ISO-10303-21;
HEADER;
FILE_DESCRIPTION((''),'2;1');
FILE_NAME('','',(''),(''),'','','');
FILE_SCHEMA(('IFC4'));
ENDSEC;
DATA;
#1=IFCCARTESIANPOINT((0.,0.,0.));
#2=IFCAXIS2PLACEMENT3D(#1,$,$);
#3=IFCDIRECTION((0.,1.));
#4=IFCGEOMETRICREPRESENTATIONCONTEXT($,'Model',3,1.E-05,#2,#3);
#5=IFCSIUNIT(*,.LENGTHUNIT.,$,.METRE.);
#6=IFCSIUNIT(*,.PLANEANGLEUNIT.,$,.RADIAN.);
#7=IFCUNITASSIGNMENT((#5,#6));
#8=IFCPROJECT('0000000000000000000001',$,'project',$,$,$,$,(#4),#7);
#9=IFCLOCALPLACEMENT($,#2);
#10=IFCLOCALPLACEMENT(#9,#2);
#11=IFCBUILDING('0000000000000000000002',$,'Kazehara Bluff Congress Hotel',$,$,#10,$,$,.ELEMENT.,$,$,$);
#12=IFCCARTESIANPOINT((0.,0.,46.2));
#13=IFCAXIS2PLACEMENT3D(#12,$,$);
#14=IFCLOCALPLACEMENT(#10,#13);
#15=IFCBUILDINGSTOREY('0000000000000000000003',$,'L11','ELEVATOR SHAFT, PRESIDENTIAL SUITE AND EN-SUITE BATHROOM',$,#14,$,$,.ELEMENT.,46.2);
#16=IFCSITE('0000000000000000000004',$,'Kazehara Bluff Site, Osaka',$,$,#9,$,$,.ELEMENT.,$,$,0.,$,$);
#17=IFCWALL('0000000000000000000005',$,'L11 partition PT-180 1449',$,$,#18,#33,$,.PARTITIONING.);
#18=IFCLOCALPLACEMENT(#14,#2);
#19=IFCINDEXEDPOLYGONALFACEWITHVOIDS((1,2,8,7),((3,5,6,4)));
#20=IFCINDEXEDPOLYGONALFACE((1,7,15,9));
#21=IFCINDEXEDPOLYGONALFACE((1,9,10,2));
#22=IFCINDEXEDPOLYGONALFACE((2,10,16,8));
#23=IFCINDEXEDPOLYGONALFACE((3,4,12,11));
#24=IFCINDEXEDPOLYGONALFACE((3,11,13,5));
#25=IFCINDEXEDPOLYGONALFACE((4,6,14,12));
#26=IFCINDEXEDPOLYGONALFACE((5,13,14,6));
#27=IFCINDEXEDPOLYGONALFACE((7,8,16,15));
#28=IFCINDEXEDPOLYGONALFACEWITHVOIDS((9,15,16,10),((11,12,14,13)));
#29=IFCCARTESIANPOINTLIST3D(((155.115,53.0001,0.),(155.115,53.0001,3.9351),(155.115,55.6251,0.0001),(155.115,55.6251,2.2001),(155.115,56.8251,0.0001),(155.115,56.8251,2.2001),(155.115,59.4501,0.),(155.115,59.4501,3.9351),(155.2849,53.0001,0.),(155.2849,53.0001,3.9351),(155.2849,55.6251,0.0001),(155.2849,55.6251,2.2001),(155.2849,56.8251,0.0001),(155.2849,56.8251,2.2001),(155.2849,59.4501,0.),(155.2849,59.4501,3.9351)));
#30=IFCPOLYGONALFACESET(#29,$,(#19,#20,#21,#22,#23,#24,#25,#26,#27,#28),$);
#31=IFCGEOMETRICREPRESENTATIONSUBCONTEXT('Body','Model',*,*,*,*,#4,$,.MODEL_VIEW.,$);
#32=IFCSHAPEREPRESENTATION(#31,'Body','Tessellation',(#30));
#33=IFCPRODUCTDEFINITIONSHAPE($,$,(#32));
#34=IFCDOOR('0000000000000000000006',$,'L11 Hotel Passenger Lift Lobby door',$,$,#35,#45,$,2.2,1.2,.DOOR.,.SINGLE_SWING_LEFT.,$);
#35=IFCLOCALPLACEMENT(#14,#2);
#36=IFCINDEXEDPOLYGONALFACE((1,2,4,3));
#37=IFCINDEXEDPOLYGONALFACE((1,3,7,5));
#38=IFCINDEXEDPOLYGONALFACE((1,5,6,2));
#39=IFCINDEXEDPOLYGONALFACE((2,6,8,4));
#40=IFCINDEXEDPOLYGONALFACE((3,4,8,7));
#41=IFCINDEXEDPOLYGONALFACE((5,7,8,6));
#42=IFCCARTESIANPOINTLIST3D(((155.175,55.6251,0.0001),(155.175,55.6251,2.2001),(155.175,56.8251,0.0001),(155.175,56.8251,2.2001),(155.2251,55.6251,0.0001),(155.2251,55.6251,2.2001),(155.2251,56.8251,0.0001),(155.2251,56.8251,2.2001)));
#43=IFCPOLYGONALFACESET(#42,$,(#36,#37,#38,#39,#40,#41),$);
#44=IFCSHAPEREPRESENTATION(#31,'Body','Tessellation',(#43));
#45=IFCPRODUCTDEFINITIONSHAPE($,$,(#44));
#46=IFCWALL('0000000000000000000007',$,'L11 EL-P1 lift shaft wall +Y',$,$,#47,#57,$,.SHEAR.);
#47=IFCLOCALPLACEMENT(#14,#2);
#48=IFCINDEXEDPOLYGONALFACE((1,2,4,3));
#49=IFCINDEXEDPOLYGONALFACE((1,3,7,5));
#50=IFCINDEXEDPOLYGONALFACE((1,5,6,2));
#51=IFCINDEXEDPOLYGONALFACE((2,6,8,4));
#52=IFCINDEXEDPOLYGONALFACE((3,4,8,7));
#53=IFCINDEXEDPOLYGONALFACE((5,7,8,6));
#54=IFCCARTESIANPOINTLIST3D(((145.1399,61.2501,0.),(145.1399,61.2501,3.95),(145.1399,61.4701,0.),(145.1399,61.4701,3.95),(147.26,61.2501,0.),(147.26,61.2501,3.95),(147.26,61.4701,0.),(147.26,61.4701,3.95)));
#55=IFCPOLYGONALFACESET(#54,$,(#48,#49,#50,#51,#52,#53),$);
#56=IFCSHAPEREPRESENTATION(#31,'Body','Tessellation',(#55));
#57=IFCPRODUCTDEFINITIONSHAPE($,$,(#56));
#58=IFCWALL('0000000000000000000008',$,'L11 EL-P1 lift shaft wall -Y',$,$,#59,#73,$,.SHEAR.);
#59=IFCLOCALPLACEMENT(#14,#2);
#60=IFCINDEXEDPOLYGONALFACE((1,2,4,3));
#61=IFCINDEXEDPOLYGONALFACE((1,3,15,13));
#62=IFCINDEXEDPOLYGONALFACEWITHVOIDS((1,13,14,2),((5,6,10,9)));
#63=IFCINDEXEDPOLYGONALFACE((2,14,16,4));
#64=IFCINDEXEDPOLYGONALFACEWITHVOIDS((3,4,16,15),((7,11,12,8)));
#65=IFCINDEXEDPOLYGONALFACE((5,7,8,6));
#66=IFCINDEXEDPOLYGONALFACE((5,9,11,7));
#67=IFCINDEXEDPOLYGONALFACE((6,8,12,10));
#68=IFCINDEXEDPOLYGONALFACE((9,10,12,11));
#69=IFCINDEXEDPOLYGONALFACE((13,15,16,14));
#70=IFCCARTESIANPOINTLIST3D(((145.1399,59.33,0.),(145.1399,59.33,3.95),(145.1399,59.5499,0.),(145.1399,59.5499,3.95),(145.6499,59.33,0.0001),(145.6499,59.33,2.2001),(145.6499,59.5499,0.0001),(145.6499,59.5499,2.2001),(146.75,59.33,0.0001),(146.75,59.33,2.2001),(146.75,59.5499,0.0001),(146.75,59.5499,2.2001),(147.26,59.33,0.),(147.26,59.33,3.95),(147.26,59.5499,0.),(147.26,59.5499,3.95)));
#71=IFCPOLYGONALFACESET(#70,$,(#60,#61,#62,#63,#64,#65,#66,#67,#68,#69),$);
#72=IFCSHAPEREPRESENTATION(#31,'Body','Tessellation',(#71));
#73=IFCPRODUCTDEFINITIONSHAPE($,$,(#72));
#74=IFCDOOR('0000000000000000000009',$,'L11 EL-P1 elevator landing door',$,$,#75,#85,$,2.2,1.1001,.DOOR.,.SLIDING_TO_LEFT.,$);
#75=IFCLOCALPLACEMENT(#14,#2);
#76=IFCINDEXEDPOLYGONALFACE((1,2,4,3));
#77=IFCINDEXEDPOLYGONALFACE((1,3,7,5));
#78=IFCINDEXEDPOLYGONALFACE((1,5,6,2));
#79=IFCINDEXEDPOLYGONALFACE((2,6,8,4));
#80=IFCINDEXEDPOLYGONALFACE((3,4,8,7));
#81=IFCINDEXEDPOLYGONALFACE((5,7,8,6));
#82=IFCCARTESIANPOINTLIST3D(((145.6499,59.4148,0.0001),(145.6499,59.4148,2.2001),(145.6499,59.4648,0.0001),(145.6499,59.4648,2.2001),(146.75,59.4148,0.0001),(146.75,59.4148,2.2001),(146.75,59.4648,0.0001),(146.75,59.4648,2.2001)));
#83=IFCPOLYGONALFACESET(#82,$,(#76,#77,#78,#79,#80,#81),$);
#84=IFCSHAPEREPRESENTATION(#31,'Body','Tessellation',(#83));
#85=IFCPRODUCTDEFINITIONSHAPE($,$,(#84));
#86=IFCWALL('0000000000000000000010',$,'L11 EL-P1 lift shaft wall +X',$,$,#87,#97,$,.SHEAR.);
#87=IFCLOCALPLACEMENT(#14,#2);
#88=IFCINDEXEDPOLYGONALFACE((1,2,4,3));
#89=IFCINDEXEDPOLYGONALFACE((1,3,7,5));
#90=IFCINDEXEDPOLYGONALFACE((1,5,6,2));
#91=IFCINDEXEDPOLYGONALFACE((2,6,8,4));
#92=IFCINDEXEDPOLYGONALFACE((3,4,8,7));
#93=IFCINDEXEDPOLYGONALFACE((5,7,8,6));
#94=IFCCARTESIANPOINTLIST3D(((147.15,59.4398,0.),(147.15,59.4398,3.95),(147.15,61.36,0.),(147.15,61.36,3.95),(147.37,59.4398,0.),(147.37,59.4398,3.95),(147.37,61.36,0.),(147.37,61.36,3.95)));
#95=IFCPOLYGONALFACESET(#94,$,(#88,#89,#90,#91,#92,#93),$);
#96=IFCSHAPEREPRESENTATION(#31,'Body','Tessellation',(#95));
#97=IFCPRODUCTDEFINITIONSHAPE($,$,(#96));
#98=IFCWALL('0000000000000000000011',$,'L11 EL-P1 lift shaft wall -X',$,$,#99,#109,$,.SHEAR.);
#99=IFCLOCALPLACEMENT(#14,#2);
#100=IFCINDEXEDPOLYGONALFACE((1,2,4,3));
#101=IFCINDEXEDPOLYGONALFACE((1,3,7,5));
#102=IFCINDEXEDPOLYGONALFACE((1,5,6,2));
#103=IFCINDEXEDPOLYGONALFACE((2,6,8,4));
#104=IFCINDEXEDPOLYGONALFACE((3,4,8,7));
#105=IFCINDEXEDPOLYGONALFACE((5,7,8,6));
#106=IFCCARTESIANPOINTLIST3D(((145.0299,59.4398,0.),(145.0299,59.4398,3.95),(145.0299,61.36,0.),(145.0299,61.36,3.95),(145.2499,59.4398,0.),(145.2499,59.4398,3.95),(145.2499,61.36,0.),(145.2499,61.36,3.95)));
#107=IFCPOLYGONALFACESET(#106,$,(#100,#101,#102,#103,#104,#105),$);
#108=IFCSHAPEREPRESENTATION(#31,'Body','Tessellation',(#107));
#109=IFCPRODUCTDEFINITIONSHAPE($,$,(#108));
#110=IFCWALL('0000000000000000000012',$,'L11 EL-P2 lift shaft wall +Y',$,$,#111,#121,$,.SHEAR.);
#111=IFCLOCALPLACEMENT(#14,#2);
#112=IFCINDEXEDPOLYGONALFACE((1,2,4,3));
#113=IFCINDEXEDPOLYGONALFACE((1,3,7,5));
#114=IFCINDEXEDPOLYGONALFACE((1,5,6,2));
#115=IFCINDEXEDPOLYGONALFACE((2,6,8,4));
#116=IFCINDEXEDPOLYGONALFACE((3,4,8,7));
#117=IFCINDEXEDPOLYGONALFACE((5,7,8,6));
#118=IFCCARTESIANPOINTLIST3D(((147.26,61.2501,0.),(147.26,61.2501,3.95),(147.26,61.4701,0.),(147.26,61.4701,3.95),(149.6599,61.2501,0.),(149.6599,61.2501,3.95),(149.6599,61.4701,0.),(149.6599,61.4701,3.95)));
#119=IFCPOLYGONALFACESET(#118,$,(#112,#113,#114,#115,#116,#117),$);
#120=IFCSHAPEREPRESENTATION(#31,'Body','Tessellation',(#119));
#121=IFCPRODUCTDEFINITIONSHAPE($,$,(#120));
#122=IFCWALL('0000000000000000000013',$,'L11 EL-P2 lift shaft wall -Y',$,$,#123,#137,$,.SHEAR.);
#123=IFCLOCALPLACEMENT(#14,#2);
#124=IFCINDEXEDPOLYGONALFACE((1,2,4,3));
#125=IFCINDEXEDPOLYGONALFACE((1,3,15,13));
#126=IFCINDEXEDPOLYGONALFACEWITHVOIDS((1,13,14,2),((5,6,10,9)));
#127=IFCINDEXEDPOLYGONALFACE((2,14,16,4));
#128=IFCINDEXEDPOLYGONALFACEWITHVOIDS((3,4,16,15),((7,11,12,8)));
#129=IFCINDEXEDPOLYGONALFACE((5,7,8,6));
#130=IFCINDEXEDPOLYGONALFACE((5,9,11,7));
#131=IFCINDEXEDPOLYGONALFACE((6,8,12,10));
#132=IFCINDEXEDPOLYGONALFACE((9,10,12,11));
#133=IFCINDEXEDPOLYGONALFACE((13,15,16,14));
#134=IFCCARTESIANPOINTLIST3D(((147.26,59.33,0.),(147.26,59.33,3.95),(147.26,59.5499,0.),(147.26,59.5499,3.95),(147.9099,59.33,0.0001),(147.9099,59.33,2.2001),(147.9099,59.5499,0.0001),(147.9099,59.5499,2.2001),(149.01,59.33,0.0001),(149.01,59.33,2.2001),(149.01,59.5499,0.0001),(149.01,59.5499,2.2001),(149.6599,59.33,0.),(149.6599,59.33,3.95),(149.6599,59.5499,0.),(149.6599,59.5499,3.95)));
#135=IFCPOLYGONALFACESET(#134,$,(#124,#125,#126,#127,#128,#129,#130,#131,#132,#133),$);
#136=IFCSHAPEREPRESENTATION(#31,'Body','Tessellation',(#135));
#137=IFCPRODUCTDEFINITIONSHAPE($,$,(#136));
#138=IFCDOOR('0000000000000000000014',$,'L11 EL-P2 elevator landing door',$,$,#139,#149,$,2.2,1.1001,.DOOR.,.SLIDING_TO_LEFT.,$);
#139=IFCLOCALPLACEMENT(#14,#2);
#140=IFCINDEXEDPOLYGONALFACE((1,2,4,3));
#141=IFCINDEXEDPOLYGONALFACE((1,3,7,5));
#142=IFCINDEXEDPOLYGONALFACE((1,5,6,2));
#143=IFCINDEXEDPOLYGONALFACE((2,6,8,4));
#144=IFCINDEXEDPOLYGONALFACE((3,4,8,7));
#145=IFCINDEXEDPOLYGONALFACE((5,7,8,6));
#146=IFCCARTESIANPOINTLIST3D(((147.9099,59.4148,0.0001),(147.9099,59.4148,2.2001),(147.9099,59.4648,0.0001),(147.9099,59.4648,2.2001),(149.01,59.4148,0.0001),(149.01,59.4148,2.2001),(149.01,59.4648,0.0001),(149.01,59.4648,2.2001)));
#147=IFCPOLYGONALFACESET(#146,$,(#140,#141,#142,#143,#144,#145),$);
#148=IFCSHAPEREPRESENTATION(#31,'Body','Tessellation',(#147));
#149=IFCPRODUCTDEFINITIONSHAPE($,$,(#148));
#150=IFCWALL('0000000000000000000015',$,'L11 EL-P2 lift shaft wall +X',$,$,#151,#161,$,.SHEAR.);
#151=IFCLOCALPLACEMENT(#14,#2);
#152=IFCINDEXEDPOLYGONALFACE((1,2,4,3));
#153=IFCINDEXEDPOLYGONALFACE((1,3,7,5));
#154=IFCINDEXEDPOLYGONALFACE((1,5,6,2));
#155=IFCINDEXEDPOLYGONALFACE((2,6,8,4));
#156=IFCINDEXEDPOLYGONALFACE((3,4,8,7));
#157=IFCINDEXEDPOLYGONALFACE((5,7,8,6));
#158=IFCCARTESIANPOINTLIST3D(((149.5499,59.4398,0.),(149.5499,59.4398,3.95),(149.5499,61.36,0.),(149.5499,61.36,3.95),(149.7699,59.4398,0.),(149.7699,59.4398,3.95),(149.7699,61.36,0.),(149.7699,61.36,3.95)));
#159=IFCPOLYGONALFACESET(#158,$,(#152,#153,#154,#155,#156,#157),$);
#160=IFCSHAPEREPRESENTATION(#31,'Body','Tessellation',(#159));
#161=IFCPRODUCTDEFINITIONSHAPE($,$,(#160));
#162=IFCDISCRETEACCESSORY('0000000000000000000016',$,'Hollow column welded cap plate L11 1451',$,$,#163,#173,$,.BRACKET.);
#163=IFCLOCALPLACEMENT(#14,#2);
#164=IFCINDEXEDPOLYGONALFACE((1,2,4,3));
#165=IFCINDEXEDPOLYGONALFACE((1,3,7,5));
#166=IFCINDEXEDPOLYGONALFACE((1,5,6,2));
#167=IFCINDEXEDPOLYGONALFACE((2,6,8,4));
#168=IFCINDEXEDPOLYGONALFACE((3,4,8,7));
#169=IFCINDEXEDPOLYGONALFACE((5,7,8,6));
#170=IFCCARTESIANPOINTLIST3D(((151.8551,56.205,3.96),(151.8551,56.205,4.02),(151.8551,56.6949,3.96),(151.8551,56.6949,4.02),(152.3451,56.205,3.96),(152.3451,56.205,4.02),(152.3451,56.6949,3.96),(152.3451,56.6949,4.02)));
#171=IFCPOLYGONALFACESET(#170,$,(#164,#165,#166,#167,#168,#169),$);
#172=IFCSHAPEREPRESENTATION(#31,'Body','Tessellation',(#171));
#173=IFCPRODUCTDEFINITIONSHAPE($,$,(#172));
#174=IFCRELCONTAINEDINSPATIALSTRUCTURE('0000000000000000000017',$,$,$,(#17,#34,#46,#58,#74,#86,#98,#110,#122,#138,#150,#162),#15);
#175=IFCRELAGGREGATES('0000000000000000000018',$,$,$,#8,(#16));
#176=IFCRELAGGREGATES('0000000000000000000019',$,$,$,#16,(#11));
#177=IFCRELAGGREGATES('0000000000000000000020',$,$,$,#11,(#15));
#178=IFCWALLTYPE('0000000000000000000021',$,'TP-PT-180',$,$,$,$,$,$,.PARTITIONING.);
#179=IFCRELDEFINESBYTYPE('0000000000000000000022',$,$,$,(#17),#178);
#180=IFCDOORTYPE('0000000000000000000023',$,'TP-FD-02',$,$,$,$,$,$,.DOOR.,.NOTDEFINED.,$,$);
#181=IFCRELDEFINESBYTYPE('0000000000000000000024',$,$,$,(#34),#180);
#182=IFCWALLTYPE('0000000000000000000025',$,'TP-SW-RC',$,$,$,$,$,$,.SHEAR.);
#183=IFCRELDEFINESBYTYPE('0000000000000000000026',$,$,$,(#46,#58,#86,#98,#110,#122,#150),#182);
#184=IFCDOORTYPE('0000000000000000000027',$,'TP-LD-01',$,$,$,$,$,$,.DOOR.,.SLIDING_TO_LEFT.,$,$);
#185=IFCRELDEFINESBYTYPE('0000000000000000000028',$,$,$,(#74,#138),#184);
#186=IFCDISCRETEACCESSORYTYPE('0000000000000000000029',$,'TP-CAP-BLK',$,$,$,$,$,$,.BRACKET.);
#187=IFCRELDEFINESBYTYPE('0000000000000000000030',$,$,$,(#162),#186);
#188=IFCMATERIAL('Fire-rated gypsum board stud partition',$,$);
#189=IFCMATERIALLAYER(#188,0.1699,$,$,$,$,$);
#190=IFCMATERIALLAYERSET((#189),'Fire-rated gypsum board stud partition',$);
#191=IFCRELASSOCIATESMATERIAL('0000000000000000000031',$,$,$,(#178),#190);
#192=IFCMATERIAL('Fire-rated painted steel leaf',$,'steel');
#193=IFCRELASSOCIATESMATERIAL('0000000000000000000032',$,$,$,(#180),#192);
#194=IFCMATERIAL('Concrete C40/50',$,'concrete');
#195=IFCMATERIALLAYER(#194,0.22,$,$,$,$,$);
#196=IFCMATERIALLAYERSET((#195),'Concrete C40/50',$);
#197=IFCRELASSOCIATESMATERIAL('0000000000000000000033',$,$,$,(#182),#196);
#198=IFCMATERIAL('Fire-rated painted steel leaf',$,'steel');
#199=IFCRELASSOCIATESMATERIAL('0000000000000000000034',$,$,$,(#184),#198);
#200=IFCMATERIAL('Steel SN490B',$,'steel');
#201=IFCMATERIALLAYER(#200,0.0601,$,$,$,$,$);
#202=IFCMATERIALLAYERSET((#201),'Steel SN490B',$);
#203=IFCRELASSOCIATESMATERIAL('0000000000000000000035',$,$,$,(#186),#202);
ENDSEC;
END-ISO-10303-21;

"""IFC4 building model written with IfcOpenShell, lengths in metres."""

from ifc_helpers import new_model, si_unit, direction, frame, frame_2d, origin, origin_2d, place, context, subcontext, project, spatial, rectangle, extrude, material, layer, layer_set, type_object, element, fill, save


model = new_model("IFC4")

# Units and contexts
model_context = context("Model", 3, precision=1e-05, world=origin(), true_north=direction((0.0, 1.0)))
body_context = subcontext(model_context, "Body", "Model", "MODEL_VIEW")
ifc_project = project(units=[si_unit("LENGTHUNIT", "METRE"), si_unit("PLANEANGLEUNIT", "RADIAN")], contexts=[model_context])

# Site, building, storey
site_placement = place(None, origin())
site = spatial("IfcSite", under=ifc_project, at=site_placement, Name="Kazehara Bluff Site, Osaka", CompositionType="ELEMENT", RefElevation=0.0)
building_placement = place(site_placement, origin())
building = spatial("IfcBuilding", under=site, at=building_placement, Name="Kazehara Bluff Congress Hotel", CompositionType="ELEMENT")
storey_placement = place(building_placement, frame((0.0, 0.0, 46.2)))
storey = spatial("IfcBuildingStorey", under=building, at=storey_placement, Name="L11", Description="ELEVATOR SHAFT, PRESIDENTIAL SUITE AND EN-SUITE BATHROOM", CompositionType="ELEMENT", Elevation=46.2)

# Shared definitions
ifc_material_1 = material(Name="Fire-rated gypsum board stud partition")
ifc_layer_1 = layer(ifc_material_1, 0.1699)
ifc_layer_set_1 = layer_set([ifc_layer_1], Name="Fire-rated gypsum board stud partition")
wall_type_1 = type_object("IfcWallType", Name="TP-PT-180", PredefinedType="PARTITIONING", material=ifc_layer_set_1)

# Wall, opening, door
wall_1_placement = place(storey_placement, frame((155.2, 53.0, 0.0), z_axis=(0.0, 0.0, 1.0), x_axis=(0.0, 1.0, 0.0)))
wall_1 = element("IfcWall", 1, at=wall_1_placement, inside=storey, type_object=wall_type_1, Name="L11 partition PT-180 1449", PredefinedType="PARTITIONING", context=body_context, shape_type="SweptSolid", body=[
    extrude(rectangle(XDim=6.45, YDim=0.1699, at=frame_2d((3.2251, 0.0))), origin(), (0.0, 0.0, 1.0), 3.9351),
])
opening_1_placement = place(wall_1_placement, frame((2.625, 0.0, 0.0)))
opening_1 = element("IfcOpeningElement", 2, at=opening_1_placement, cuts=wall_1, PredefinedType="OPENING", context=body_context, shape_type="SweptSolid", body=[
    extrude(rectangle(XDim=1.2, YDim=2.2, at=frame_2d((0.6001, 1.1001))), frame((0.0, 0.095, 0.0), z_axis=(0.0, -1.0, 0.0), x_axis=(1.0, 0.0, 0.0)), (0.0, 0.0, 1.0), 0.1899),
])
ifc_material_2 = material(Name="Fire-rated painted steel leaf", Category="steel")
door_type_1 = type_object("IfcDoorType", Name="TP-FD-02", OperationType="NOTDEFINED", PredefinedType="DOOR", material=ifc_material_2)
door_1_placement = place(opening_1_placement, origin())
door_1 = element("IfcDoor", 3, at=door_1_placement, inside=storey, type_object=door_type_1, Name="L11 Hotel Passenger Lift Lobby door", OperationType="SINGLE_SWING_LEFT", OverallHeight=2.2, OverallWidth=1.2, PredefinedType="DOOR", context=body_context, shape_type="SweptSolid", body=[
    extrude(rectangle(XDim=1.2, YDim=2.2, at=frame_2d((0.6001, 1.1001))), frame((0.0, 0.0249, 0.0), z_axis=(0.0, -1.0, 0.0), x_axis=(1.0, 0.0, 0.0)), (0.0, 0.0, 1.0), 0.05),
])
fill(opening_1, door_1)

# Wall
ifc_material_3 = material(Name="Concrete C40/50", Category="concrete")
ifc_layer_2 = layer(ifc_material_3, 0.22)
ifc_layer_set_2 = layer_set([ifc_layer_2], Name="Concrete C40/50")
wall_type_2 = type_object("IfcWallType", Name="TP-SW-RC", PredefinedType="SHEAR", material=ifc_layer_set_2)
wall_2_placement = place(storey_placement, frame((145.1399, 61.3601, 0.0), z_axis=(0.0, 0.0, 1.0), x_axis=(1.0, 0.0, 0.0)))
element("IfcWall", 4, at=wall_2_placement, inside=storey, type_object=wall_type_2, Name="L11 EL-P1 lift shaft wall +Y", PredefinedType="SHEAR", context=body_context, shape_type="SweptSolid", body=[
    extrude(rectangle(XDim=2.1201, YDim=0.22, at=frame_2d((1.0601, 0.0))), origin(), (0.0, 0.0, 1.0), 3.95),
])

# Wall, opening, door
wall_3_placement = place(storey_placement, frame((145.1399, 59.4399, 0.0), z_axis=(0.0, 0.0, 1.0), x_axis=(1.0, 0.0, 0.0)))
wall_3 = element("IfcWall", 5, at=wall_3_placement, inside=storey, type_object=wall_type_2, Name="L11 EL-P1 lift shaft wall -Y", PredefinedType="SHEAR", context=body_context, shape_type="SweptSolid", body=[
    extrude(rectangle(XDim=2.1201, YDim=0.22, at=frame_2d((1.0601, 0.0))), origin(), (0.0, 0.0, 1.0), 3.95),
])
opening_2_placement = place(wall_3_placement, frame((0.51, 0.0, 0.0)))
opening_2 = element("IfcOpeningElement", 6, at=opening_2_placement, cuts=wall_3, PredefinedType="OPENING", context=body_context, shape_type="SweptSolid", body=[
    extrude(rectangle(XDim=1.1001, YDim=2.2, at=frame_2d((0.55, 1.1001))), frame((0.0, 0.1199, 0.0), z_axis=(0.0, -1.0, 0.0), x_axis=(1.0, 0.0, 0.0)), (0.0, 0.0, 1.0), 0.24),
])
ifc_material_4 = material(Name="Fire-rated painted steel leaf", Category="steel")
door_type_2 = type_object("IfcDoorType", Name="TP-LD-01", OperationType="SLIDING_TO_LEFT", PredefinedType="DOOR", material=ifc_material_4)
door_2_placement = place(opening_2_placement, origin())
door_2 = element("IfcDoor", 7, at=door_2_placement, inside=storey, type_object=door_type_2, Name="L11 EL-P1 elevator landing door", OperationType="SLIDING_TO_LEFT", OverallHeight=2.2, OverallWidth=1.1001, PredefinedType="DOOR", context=body_context, shape_type="SweptSolid", body=[
    extrude(rectangle(XDim=1.1001, YDim=2.2, at=frame_2d((0.55, 1.1001))), frame((0.0, 0.0249, 0.0), z_axis=(0.0, -1.0, 0.0), x_axis=(1.0, 0.0, 0.0)), (0.0, 0.0, 1.0), 0.05),
])
fill(opening_2, door_2)

# Walls
for number, where, z_axis, x_axis, name in (
    (8, (147.26, 59.4399, 0.0), (0.0, 0.0, 1.0), (0.0, 1.0, 0.0), "L11 EL-P1 lift shaft wall +X"),
    (9, (145.1399, 59.4399, 0.0), (0.0, 0.0, 1.0), (0.0, 1.0, 0.0), "L11 EL-P1 lift shaft wall -X"),
):
    element("IfcWall", number, at=place(storey_placement, frame(where, z_axis=z_axis, x_axis=x_axis)), inside=storey, type_object=wall_type_2, Name=name, PredefinedType="SHEAR", context=body_context, shape_type="SweptSolid", body=[
        extrude(rectangle(XDim=1.9202, YDim=0.22, at=frame_2d((0.96, 0.0))), origin(), (0.0, 0.0, 1.0), 3.95),
    ])
wall_4_placement = place(storey_placement, frame((147.26, 61.3601, 0.0), z_axis=(0.0, 0.0, 1.0), x_axis=(1.0, 0.0, 0.0)))
element("IfcWall", 10, at=wall_4_placement, inside=storey, type_object=wall_type_2, Name="L11 EL-P2 lift shaft wall +Y", PredefinedType="SHEAR", context=body_context, shape_type="SweptSolid", body=[
    extrude(rectangle(XDim=2.3999, YDim=0.22, at=frame_2d((1.2, 0.0))), origin(), (0.0, 0.0, 1.0), 3.95),
])

# Wall, opening, door
wall_5_placement = place(storey_placement, frame((147.26, 59.4399, 0.0), z_axis=(0.0, 0.0, 1.0), x_axis=(1.0, 0.0, 0.0)))
wall_5 = element("IfcWall", 11, at=wall_5_placement, inside=storey, type_object=wall_type_2, Name="L11 EL-P2 lift shaft wall -Y", PredefinedType="SHEAR", context=body_context, shape_type="SweptSolid", body=[
    extrude(rectangle(XDim=2.3999, YDim=0.22, at=frame_2d((1.2, 0.0))), origin(), (0.0, 0.0, 1.0), 3.95),
])
opening_3_placement = place(wall_5_placement, frame((0.6499, 0.0, 0.0)))
opening_3 = element("IfcOpeningElement", 12, at=opening_3_placement, cuts=wall_5, PredefinedType="OPENING", context=body_context, shape_type="SweptSolid", body=[
    extrude(rectangle(XDim=1.1001, YDim=2.2, at=frame_2d((0.55, 1.1001))), frame((0.0, 0.1199, 0.0), z_axis=(0.0, -1.0, 0.0), x_axis=(1.0, 0.0, 0.0)), (0.0, 0.0, 1.0), 0.24),
])
door_3_placement = place(opening_3_placement, origin())
door_3 = element("IfcDoor", 13, at=door_3_placement, inside=storey, type_object=door_type_2, Name="L11 EL-P2 elevator landing door", OperationType="SLIDING_TO_LEFT", OverallHeight=2.2, OverallWidth=1.1001, PredefinedType="DOOR", context=body_context, shape_type="SweptSolid", body=[
    extrude(rectangle(XDim=1.1001, YDim=2.2, at=frame_2d((0.55, 1.1001))), frame((0.0, 0.0249, 0.0), z_axis=(0.0, -1.0, 0.0), x_axis=(1.0, 0.0, 0.0)), (0.0, 0.0, 1.0), 0.05),
])
fill(opening_3, door_3)

# Wall
wall_6_placement = place(storey_placement, frame((149.6599, 59.4399, 0.0), z_axis=(0.0, 0.0, 1.0), x_axis=(0.0, 1.0, 0.0)))
element("IfcWall", 14, at=wall_6_placement, inside=storey, type_object=wall_type_2, Name="L11 EL-P2 lift shaft wall +X", PredefinedType="SHEAR", context=body_context, shape_type="SweptSolid", body=[
    extrude(rectangle(XDim=1.9202, YDim=0.22, at=frame_2d((0.96, 0.0))), origin(), (0.0, 0.0, 1.0), 3.95),
])

# Discrete accessory
ifc_material_5 = material(Name="Steel SN490B", Category="steel")
ifc_layer_3 = layer(ifc_material_5, 0.0601)
ifc_layer_set_3 = layer_set([ifc_layer_3], Name="Steel SN490B")
discrete_accessory_type = type_object("IfcDiscreteAccessoryType", Name="TP-CAP-BLK", PredefinedType="BRACKET", material=ifc_layer_set_3)
discrete_accessory_placement = place(storey_placement, frame((152.1001, 56.45, 3.96), z_axis=(0.0, 0.0, 1.0), x_axis=(1.0, 0.0, 0.0)))
element("IfcDiscreteAccessory", 15, at=discrete_accessory_placement, inside=storey, type_object=discrete_accessory_type, Name="Hollow column welded cap plate L11 1451", PredefinedType="BRACKET", context=body_context, shape_type="SweptSolid", body=[
    extrude(rectangle(XDim=0.49, YDim=0.49, at=origin_2d()), origin(), (0.0, 0.0, 1.0), 0.0601),
])

save(model, "model.ifc")
